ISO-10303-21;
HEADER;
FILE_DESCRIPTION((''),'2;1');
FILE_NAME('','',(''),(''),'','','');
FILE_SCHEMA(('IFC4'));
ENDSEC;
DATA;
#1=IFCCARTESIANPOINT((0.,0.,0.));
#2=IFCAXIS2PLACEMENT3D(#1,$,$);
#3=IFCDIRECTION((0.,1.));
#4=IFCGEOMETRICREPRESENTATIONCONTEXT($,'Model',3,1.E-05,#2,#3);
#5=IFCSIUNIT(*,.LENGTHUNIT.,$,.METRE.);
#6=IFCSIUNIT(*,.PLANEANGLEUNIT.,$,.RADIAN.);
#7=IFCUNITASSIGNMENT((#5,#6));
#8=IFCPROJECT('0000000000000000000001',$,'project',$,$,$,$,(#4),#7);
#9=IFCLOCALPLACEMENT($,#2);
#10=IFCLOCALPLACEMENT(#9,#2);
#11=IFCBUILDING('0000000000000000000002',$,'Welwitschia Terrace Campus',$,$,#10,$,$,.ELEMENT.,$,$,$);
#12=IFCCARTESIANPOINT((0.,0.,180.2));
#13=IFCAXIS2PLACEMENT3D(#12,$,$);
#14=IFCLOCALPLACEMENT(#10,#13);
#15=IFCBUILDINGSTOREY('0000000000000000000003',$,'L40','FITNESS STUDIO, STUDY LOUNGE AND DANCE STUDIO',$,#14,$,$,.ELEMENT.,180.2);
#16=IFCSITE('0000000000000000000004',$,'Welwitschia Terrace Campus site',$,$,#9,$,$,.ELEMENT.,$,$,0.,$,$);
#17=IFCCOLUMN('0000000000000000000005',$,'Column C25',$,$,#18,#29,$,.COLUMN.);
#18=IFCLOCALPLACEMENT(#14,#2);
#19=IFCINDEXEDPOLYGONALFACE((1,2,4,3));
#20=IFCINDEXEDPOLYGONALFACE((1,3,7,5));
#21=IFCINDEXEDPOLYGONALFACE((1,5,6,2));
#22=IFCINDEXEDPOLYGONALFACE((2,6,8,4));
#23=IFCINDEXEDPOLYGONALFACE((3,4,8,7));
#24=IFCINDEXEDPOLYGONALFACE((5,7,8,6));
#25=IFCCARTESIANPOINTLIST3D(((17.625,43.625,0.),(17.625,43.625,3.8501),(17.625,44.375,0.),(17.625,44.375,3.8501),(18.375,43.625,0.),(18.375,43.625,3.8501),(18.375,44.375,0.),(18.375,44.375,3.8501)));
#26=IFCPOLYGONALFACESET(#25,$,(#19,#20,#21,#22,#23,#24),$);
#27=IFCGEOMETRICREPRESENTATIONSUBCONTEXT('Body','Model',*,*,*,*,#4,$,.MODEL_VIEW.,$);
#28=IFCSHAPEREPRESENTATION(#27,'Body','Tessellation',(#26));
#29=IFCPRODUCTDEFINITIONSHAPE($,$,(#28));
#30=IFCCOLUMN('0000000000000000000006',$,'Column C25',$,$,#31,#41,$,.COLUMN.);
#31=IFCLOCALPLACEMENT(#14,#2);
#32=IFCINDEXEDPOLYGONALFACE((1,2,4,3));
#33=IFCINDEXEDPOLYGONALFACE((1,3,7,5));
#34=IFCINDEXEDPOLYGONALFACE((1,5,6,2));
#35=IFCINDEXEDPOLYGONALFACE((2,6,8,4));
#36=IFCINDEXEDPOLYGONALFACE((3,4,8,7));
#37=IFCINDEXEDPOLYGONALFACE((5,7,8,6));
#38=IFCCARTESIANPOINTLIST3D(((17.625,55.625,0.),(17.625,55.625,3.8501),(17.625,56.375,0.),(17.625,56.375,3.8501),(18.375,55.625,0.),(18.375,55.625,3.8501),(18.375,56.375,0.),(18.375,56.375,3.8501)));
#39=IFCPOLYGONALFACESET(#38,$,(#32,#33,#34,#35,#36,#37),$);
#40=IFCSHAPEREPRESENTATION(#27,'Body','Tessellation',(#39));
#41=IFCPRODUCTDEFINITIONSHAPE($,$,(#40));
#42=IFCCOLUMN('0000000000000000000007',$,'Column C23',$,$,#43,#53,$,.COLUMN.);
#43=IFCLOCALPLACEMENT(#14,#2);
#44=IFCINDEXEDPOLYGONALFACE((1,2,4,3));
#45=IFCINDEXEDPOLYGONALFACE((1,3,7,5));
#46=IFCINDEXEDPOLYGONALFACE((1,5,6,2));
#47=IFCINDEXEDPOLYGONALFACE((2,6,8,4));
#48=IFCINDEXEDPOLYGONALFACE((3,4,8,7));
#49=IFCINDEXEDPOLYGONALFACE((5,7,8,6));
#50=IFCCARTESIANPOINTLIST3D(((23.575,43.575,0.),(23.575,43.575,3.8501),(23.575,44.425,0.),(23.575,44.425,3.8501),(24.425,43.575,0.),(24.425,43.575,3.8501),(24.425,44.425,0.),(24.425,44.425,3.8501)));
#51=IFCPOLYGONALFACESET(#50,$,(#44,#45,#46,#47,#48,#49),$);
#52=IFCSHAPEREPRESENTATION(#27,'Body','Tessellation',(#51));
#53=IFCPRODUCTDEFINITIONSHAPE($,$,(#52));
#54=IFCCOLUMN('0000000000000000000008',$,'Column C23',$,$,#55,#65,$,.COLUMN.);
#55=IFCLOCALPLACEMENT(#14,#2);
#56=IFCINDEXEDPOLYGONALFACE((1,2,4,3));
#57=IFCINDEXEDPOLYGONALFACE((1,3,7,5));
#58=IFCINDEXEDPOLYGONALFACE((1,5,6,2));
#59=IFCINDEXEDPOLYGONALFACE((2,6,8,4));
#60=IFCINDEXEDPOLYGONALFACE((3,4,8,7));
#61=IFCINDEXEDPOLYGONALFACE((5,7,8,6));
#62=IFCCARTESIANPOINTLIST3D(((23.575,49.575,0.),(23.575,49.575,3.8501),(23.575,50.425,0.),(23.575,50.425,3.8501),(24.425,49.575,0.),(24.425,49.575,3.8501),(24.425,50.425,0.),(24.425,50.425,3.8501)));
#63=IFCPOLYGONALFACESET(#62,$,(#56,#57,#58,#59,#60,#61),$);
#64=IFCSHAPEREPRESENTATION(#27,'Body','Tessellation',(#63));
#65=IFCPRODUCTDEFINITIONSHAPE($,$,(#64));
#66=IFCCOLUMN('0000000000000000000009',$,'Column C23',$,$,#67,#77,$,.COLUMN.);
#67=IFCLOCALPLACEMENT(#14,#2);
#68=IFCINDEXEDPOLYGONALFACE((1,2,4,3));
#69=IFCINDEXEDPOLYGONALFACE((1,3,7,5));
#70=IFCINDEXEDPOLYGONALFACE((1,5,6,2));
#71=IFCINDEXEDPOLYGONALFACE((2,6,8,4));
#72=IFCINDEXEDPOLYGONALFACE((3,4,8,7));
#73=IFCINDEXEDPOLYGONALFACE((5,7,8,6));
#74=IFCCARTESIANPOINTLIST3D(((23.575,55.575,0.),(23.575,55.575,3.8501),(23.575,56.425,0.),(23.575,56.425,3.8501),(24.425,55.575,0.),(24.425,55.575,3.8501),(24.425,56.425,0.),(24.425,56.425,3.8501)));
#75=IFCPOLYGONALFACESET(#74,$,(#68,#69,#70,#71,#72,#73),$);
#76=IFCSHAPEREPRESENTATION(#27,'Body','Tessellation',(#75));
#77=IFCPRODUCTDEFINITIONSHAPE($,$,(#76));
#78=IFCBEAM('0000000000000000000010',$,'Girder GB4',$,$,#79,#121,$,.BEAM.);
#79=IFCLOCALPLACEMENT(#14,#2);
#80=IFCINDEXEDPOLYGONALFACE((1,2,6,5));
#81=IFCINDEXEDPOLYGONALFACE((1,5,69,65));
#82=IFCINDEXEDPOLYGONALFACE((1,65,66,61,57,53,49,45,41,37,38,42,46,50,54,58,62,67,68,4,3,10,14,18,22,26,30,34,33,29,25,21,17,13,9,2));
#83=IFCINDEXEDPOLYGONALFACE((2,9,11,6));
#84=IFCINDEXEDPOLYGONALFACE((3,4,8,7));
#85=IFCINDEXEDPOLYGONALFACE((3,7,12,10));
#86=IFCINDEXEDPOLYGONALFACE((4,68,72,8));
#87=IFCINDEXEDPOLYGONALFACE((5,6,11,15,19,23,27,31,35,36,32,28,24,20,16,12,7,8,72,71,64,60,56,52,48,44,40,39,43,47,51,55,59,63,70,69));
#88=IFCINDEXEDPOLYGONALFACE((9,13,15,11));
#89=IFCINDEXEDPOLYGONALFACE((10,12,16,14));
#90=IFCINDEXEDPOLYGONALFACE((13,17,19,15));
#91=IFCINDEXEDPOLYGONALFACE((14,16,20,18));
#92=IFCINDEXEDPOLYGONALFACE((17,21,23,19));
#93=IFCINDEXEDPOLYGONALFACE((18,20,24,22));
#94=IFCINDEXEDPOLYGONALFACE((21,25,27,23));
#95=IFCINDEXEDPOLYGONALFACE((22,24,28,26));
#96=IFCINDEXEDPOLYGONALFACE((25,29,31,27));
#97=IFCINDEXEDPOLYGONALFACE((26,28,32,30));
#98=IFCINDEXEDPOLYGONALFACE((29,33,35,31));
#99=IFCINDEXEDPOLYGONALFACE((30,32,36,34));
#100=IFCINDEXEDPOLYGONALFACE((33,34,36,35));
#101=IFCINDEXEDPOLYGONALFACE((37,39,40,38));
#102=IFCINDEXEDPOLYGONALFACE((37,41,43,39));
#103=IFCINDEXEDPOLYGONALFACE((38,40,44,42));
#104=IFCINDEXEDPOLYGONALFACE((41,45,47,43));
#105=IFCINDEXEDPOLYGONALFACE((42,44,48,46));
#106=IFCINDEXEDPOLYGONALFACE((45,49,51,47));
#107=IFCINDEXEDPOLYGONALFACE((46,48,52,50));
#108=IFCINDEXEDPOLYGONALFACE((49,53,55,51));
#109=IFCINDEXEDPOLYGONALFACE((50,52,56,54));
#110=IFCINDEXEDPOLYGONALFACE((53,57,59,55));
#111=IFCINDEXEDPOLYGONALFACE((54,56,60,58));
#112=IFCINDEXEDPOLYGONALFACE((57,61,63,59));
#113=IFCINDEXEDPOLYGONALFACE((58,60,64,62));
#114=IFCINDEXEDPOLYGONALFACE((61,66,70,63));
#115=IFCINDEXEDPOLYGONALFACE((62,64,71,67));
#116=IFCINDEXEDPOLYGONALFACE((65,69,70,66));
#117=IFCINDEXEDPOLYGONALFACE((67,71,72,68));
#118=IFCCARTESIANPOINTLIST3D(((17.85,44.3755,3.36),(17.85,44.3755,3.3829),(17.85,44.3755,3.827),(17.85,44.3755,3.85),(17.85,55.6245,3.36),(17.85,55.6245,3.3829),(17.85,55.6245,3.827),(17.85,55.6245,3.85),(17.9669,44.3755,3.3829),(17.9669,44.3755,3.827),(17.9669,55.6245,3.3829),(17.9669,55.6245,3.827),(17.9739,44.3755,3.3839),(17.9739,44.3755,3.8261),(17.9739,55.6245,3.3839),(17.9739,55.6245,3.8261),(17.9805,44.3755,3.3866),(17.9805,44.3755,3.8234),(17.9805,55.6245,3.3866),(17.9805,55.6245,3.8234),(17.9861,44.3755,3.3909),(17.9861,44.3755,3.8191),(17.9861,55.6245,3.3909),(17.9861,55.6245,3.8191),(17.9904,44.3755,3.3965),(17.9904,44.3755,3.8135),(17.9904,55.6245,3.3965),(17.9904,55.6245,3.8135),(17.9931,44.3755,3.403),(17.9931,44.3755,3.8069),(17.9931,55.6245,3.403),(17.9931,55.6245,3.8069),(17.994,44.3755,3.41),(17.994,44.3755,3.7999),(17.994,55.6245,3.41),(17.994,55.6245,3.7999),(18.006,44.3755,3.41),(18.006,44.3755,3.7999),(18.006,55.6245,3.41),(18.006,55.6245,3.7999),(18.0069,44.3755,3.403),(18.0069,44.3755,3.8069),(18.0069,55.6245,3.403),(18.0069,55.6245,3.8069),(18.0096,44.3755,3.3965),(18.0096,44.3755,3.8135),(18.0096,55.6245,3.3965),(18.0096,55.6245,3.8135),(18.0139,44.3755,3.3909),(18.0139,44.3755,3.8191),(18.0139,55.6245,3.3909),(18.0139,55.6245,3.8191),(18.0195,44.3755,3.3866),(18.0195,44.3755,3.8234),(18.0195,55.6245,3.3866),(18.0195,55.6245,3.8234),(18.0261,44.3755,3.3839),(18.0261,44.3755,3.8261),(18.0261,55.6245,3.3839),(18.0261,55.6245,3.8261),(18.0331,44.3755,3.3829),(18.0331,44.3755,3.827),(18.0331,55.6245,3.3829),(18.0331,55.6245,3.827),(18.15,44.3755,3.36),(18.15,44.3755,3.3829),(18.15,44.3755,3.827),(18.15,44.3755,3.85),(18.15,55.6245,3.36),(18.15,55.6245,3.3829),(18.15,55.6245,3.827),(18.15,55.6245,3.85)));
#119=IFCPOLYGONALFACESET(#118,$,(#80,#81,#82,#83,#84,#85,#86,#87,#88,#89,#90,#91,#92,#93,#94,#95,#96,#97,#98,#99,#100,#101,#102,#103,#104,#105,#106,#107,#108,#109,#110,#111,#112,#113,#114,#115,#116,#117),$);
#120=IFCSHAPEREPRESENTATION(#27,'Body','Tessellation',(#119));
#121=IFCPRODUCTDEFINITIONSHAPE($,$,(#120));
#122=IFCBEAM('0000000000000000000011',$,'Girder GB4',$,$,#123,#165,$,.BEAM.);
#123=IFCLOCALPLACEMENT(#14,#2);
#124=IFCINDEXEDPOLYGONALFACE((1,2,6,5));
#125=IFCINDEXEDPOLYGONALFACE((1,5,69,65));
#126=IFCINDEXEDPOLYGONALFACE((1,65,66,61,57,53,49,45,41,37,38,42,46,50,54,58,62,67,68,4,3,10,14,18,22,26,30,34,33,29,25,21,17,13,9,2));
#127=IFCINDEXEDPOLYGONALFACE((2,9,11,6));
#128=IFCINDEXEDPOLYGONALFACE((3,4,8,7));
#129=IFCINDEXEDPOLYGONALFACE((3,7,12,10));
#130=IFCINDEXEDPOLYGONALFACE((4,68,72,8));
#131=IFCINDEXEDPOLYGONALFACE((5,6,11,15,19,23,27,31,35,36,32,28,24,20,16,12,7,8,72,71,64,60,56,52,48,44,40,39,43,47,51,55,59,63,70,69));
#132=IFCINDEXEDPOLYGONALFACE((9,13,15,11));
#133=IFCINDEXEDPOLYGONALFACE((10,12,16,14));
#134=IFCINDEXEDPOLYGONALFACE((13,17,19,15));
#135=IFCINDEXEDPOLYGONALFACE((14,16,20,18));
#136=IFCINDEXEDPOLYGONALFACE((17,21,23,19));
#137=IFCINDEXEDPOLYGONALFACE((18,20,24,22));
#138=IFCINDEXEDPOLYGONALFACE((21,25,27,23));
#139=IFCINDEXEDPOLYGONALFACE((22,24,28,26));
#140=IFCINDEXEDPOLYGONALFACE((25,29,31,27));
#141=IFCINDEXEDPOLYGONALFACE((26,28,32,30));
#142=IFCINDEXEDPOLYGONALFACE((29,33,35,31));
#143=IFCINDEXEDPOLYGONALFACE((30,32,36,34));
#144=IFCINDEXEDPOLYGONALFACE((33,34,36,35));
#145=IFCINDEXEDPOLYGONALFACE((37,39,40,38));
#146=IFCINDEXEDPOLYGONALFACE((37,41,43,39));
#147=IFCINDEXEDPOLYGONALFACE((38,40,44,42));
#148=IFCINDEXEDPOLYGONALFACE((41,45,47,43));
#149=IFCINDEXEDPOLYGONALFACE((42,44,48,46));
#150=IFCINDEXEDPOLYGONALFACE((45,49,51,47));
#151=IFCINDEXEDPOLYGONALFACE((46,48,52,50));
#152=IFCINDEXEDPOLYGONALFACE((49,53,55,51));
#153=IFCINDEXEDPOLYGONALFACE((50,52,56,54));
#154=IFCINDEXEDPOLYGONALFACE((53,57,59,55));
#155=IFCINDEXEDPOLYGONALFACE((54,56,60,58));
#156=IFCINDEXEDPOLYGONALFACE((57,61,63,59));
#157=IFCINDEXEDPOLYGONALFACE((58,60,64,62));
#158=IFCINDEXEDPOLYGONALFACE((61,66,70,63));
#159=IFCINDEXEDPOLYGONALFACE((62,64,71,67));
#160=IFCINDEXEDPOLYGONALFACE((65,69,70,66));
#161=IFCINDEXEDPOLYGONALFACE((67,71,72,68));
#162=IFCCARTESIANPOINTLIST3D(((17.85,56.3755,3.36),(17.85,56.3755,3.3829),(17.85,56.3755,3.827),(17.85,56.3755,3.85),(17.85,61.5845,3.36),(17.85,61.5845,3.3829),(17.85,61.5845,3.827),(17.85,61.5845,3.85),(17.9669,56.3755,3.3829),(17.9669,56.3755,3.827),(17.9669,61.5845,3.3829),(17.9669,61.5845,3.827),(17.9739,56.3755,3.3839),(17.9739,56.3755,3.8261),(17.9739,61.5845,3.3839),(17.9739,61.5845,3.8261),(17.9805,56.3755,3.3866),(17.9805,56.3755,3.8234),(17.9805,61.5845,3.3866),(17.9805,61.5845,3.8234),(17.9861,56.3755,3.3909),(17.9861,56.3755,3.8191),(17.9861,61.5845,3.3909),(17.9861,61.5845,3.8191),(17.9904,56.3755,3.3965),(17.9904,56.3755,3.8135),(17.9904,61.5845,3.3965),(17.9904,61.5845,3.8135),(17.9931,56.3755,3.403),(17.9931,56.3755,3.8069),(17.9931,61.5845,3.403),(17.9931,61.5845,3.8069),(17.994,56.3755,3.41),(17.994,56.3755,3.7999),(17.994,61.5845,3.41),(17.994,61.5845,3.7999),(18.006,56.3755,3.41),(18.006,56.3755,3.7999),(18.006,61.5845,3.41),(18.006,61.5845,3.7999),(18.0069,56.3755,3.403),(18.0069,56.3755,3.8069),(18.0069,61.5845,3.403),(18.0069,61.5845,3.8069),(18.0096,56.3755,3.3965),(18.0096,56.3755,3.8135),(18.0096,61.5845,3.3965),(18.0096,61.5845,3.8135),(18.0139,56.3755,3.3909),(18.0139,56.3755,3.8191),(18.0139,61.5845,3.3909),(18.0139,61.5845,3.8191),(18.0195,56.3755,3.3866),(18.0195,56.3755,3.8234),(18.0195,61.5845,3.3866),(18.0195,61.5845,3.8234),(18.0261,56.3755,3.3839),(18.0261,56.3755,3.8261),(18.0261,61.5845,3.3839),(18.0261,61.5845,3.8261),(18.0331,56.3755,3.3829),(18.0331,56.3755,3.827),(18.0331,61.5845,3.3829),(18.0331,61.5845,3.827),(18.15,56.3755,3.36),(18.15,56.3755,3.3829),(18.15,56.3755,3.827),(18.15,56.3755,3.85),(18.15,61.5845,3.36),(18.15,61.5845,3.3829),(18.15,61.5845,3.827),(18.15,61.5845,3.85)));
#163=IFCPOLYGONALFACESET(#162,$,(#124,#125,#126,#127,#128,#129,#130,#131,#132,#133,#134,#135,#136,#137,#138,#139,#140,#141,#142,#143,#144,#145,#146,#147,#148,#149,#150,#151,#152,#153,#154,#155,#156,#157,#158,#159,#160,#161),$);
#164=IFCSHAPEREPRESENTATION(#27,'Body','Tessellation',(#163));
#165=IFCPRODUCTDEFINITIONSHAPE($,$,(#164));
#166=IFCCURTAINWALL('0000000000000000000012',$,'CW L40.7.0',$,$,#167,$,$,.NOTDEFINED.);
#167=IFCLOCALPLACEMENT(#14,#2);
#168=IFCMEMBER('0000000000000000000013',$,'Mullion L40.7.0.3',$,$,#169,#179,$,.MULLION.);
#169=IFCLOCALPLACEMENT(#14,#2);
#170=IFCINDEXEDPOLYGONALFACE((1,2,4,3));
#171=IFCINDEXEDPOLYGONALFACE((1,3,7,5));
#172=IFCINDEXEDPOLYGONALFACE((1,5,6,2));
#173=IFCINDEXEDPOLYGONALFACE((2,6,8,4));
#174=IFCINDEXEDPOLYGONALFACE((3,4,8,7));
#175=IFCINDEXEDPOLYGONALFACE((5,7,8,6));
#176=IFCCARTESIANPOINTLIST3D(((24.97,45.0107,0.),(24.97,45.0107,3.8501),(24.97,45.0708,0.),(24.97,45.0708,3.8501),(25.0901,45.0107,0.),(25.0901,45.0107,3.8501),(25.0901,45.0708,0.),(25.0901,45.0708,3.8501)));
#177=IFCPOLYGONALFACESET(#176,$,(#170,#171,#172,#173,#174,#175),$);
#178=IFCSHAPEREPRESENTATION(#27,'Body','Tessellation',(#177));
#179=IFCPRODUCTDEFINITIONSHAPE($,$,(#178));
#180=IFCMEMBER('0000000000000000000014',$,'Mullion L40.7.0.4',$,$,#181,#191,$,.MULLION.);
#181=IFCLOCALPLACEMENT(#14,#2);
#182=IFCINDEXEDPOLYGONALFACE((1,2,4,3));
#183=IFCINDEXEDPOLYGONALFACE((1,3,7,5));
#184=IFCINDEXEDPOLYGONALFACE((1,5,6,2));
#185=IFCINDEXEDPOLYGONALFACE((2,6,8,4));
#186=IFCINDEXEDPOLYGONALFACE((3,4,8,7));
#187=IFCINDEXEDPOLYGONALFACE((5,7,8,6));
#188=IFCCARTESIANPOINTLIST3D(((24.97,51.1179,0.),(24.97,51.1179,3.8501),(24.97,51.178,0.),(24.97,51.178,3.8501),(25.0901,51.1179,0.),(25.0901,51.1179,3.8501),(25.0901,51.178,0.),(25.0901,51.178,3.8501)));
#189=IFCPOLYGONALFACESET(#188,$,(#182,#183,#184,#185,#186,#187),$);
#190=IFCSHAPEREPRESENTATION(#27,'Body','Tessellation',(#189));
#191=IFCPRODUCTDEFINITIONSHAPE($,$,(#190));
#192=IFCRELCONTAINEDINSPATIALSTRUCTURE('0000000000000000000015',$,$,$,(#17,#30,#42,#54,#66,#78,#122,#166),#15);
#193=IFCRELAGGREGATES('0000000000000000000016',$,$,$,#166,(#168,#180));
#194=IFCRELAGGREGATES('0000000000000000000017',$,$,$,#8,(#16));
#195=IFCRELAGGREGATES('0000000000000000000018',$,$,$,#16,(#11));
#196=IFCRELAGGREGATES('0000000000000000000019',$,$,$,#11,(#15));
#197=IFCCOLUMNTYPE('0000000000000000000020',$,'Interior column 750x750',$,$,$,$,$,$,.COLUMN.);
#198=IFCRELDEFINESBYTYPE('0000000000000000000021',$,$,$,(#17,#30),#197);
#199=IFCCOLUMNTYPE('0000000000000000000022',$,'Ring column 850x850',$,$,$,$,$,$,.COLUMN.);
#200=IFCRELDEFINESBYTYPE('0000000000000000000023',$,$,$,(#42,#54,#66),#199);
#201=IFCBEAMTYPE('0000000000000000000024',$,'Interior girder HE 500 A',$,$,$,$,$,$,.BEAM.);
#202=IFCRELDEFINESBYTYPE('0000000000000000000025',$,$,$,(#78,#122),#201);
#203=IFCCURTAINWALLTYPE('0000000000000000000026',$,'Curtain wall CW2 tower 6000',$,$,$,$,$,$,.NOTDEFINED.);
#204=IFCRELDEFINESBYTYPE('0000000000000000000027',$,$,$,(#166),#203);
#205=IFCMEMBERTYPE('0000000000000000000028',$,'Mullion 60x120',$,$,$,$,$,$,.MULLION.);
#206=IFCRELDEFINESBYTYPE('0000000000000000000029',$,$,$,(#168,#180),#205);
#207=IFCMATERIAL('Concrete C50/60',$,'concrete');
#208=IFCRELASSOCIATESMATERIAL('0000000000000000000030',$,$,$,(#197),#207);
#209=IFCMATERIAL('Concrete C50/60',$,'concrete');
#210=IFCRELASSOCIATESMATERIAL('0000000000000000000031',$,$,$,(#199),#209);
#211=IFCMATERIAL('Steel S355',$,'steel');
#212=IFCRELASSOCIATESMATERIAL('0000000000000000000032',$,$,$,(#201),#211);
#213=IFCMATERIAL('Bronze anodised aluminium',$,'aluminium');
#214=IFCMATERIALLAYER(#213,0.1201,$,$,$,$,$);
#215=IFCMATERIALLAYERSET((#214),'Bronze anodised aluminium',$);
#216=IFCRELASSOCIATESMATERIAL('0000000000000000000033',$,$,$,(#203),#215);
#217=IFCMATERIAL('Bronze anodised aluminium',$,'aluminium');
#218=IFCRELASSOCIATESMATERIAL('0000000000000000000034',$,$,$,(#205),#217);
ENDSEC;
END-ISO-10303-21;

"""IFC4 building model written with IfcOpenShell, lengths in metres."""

from ifc_helpers import new_model, si_unit, direction, frame, origin, origin_2d, place, context, subcontext, project, spatial, rectangle, i_section, extrude, material, layer, layer_set, material_profile, profile_set, type_object, element, aggregate, save


model = new_model("IFC4")

# Units and contexts
model_context = context("Model", 3, precision=1e-05, world=origin(), true_north=direction((0.0, 1.0)))
body_context = subcontext(model_context, "Body", "Model", "MODEL_VIEW")
ifc_project = project(units=[si_unit("LENGTHUNIT", "METRE"), si_unit("PLANEANGLEUNIT", "RADIAN")], contexts=[model_context])

# Site, building, storey
site_placement = place(None, origin())
site = spatial("IfcSite", under=ifc_project, at=site_placement, Name="Welwitschia Terrace Campus site", CompositionType="ELEMENT", RefElevation=0.0)
building_placement = place(site_placement, origin())
building = spatial("IfcBuilding", under=site, at=building_placement, Name="Welwitschia Terrace Campus", CompositionType="ELEMENT")
storey_placement = place(building_placement, frame((0.0, 0.0, 180.2)))
storey = spatial("IfcBuildingStorey", under=building, at=storey_placement, Name="L40", Description="FITNESS STUDIO, STUDY LOUNGE AND DANCE STUDIO", CompositionType="ELEMENT", Elevation=180.2)

# Columns
ifc_material_1 = material(Name="Concrete C50/60", Category="concrete")
ifc_material_profile_1 = material_profile(ifc_material_1, rectangle(XDim=0.75, YDim=0.75, at=origin_2d()))
ifc_profile_set_1 = profile_set([ifc_material_profile_1], Name="Concrete C50/60")
column_type_1 = type_object("IfcColumnType", Name="Interior column 750x750", PredefinedType="COLUMN", material=ifc_profile_set_1)
for number, where, z_axis, x_axis, name in (
    (1, (18.0, 44.0, 0.0), (0.0, 0.0, 1.0), (1.0, 0.0, 0.0), "Column C25"),
    (2, (18.0, 56.0, 0.0), (0.0, 0.0, 1.0), (1.0, 0.0, 0.0), "Column C25"),
):
    element("IfcColumn", number, at=place(storey_placement, frame(where, z_axis=z_axis, x_axis=x_axis)), inside=storey, type_object=column_type_1, Name=name, PredefinedType="COLUMN", context=body_context, shape_type="SweptSolid", body=[
        extrude(rectangle(XDim=0.75, YDim=0.75, at=origin_2d()), origin(), (0.0, 0.0, 1.0), 3.8501),
    ])
ifc_material_2 = material(Name="Concrete C50/60", Category="concrete")
ifc_material_profile_2 = material_profile(ifc_material_2, rectangle(XDim=0.8501, YDim=0.8501, at=origin_2d()))
ifc_profile_set_2 = profile_set([ifc_material_profile_2], Name="Concrete C50/60")
column_type_2 = type_object("IfcColumnType", Name="Ring column 850x850", PredefinedType="COLUMN", material=ifc_profile_set_2)
for number, where, z_axis, x_axis, name in (
    (3, (24.0, 44.0, 0.0), (0.0, 0.0, 1.0), (1.0, 0.0, 0.0), "Column C23"),
    (4, (24.0, 50.0, 0.0), (0.0, 0.0, 1.0), (1.0, 0.0, 0.0), "Column C23"),
    (5, (24.0, 56.0, 0.0), (0.0, 0.0, 1.0), (1.0, 0.0, 0.0), "Column C23"),
):
    element("IfcColumn", number, at=place(storey_placement, frame(where, z_axis=z_axis, x_axis=x_axis)), inside=storey, type_object=column_type_2, Name=name, PredefinedType="COLUMN", context=body_context, shape_type="SweptSolid", body=[
        extrude(rectangle(XDim=0.8501, YDim=0.8501, at=origin_2d()), origin(), (0.0, 0.0, 1.0), 3.8501),
    ])

# Beams
ifc_material_3 = material(Name="Steel S355", Category="steel")
ifc_material_profile_3 = material_profile(ifc_material_3, i_section(OverallWidth=0.3, OverallDepth=0.49, WebThickness=0.012, FlangeThickness=0.0229, FilletRadius=0.0271, at=origin_2d()))
ifc_profile_set_3 = profile_set([ifc_material_profile_3], Name="Steel S355")
beam_type_1 = type_object("IfcBeamType", Name="Interior girder HE 500 A", PredefinedType="BEAM", material=ifc_profile_set_3)
beam_1_placement = place(storey_placement, frame((18.0, 44.3755, 3.605), z_axis=(0.0, 1.0, 0.0), x_axis=(-1.0, 0.0, 0.0)))
element("IfcBeam", 6, at=beam_1_placement, inside=storey, type_object=beam_type_1, Name="Girder GB4", PredefinedType="BEAM", context=body_context, shape_type="SweptSolid", body=[
    extrude(i_section(OverallWidth=0.3, OverallDepth=0.49, WebThickness=0.012, FlangeThickness=0.0229, FilletRadius=0.0271, at=origin_2d()), origin(), (0.0, 0.0, 1.0), 11.249),
])
beam_2_placement = place(storey_placement, frame((18.0, 56.3755, 3.605), z_axis=(0.0, 1.0, 0.0), x_axis=(-1.0, 0.0, 0.0)))
element("IfcBeam", 7, at=beam_2_placement, inside=storey, type_object=beam_type_1, Name="Girder GB4", PredefinedType="BEAM", context=body_context, shape_type="SweptSolid", body=[
    extrude(i_section(OverallWidth=0.3, OverallDepth=0.49, WebThickness=0.012, FlangeThickness=0.0229, FilletRadius=0.0271, at=origin_2d()), origin(), (0.0, 0.0, 1.0), 5.209),
])

# Curtain wall, members
ifc_material_4 = material(Name="Bronze anodised aluminium", Category="aluminium")
ifc_layer_1 = layer(ifc_material_4, 0.1201)
ifc_layer_set_1 = layer_set([ifc_layer_1], Name="Bronze anodised aluminium")
curtain_wall_type = type_object("IfcCurtainWallType", Name="Curtain wall CW2 tower 6000", PredefinedType="NOTDEFINED", material=ifc_layer_set_1)
curtain_wall_placement = place(storey_placement, origin())
curtain_wall = element("IfcCurtainWall", 8, at=curtain_wall_placement, inside=storey, type_object=curtain_wall_type, Name="CW L40.7.0", PredefinedType="NOTDEFINED")
ifc_material_5 = material(Name="Bronze anodised aluminium", Category="aluminium")
ifc_material_profile_4 = material_profile(ifc_material_5, rectangle(XDim=0.1201, YDim=0.0601, at=origin_2d()))
ifc_profile_set_4 = profile_set([ifc_material_profile_4], Name="Bronze anodised aluminium")
member_type = type_object("IfcMemberType", Name="Mullion 60x120", PredefinedType="MULLION", material=ifc_profile_set_4)
member_1_placement = place(storey_placement, frame((25.03, 45.0408, 0.0), z_axis=(0.0, 0.0, 1.0), x_axis=(-1.0, 0.0, 0.0)))
member_1 = element("IfcMember", 9, at=member_1_placement, type_object=member_type, Name="Mullion L40.7.0.3", PredefinedType="MULLION", context=body_context, shape_type="SweptSolid", body=[
    extrude(rectangle(XDim=0.1201, YDim=0.0601, at=origin_2d()), origin(), (0.0, 0.0, 1.0), 3.8501),
])
member_2_placement = place(storey_placement, frame((25.03, 51.1479, 0.0), z_axis=(0.0, 0.0, 1.0), x_axis=(-1.0, 0.0, 0.0)))
member_2 = element("IfcMember", 10, at=member_2_placement, type_object=member_type, Name="Mullion L40.7.0.4", PredefinedType="MULLION", context=body_context, shape_type="SweptSolid", body=[
    extrude(rectangle(XDim=0.1201, YDim=0.0601, at=origin_2d()), origin(), (0.0, 0.0, 1.0), 3.8501),
])

aggregate(curtain_wall, [member_1, member_2])

save(model, "model.ifc")
